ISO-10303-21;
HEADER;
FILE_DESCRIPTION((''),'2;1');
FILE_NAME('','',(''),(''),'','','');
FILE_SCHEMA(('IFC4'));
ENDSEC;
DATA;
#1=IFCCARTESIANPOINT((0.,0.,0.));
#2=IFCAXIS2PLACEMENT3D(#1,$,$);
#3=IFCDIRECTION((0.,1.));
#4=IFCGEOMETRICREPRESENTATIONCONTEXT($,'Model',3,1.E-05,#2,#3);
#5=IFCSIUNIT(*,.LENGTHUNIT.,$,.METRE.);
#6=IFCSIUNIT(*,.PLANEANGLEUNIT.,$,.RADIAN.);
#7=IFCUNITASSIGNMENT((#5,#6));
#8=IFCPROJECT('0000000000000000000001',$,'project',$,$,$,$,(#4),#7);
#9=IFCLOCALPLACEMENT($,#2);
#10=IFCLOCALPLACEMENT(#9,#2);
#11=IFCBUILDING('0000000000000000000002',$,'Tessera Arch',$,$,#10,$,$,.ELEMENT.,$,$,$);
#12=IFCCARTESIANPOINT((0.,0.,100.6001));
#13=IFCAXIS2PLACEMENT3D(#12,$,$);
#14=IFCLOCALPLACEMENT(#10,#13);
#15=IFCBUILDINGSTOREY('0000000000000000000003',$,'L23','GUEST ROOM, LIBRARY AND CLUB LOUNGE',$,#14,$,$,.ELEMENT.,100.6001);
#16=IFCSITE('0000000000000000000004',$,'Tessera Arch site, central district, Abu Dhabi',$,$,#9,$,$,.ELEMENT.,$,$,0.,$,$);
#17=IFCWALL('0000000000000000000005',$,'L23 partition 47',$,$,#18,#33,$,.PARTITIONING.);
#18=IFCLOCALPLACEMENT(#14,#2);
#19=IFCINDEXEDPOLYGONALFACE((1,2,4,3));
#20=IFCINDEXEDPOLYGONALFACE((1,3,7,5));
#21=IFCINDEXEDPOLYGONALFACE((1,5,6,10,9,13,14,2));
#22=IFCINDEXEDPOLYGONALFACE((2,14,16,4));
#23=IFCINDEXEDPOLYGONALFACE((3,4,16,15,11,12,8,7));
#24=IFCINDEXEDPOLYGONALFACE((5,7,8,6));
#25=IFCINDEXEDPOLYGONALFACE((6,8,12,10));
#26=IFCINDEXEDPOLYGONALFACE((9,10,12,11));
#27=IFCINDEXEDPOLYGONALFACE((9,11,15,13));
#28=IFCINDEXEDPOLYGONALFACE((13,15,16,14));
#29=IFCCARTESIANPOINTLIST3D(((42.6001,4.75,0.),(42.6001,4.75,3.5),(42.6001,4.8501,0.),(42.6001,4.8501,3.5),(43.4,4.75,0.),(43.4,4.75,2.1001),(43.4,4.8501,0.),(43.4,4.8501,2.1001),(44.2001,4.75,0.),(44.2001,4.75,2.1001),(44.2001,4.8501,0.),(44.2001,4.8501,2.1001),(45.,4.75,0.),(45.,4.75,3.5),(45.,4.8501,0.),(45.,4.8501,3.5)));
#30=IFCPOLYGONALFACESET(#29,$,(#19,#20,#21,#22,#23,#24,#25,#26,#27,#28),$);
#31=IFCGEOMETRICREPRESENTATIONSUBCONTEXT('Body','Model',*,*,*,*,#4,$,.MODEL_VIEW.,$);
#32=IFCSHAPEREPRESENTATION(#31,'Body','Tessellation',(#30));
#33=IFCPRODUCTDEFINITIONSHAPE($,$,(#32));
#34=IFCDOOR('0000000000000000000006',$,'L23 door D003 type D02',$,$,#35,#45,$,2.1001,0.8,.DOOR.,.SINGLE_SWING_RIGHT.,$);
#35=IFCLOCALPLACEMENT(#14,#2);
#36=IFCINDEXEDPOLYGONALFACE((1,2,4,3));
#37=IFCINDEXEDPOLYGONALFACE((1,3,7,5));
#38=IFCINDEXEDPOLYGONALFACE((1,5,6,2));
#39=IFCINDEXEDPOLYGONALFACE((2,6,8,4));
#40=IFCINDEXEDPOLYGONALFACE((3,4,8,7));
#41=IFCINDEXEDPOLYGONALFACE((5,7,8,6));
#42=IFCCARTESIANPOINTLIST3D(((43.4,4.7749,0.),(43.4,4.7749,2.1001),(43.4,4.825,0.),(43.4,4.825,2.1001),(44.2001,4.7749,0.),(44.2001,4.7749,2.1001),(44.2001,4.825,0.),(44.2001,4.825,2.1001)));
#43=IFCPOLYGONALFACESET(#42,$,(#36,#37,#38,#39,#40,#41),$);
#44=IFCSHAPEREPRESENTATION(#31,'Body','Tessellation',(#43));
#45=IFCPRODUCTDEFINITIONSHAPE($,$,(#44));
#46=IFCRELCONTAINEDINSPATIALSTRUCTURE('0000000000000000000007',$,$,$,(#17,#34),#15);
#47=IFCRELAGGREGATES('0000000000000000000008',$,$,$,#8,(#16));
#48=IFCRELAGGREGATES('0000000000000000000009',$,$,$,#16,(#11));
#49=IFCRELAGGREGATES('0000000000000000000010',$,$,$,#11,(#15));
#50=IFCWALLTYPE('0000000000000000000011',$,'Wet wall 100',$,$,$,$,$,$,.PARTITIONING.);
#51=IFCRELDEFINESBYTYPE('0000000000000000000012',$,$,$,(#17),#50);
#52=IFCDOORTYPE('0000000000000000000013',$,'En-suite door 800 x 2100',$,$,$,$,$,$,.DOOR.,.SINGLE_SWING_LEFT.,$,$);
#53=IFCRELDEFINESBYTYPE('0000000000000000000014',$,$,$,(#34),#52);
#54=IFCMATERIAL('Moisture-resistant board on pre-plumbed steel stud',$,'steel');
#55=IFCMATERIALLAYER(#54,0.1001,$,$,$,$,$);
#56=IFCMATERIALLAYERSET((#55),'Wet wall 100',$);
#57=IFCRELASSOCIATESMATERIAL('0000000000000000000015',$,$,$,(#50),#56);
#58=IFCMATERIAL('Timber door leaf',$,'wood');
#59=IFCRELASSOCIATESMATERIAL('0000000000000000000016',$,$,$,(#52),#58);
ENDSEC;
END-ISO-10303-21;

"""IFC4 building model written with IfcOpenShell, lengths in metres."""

from ifc_helpers import new_model, si_unit, direction, frame, frame_2d, origin, place, context, subcontext, project, spatial, rectangle, extrude, material, layer, layer_set, type_object, element, fill, save


model = new_model("IFC4")

# Units and contexts
model_context = context("Model", 3, precision=1e-05, world=origin(), true_north=direction((0.0, 1.0)))
body_context = subcontext(model_context, "Body", "Model", "MODEL_VIEW")
ifc_project = project(units=[si_unit("LENGTHUNIT", "METRE"), si_unit("PLANEANGLEUNIT", "RADIAN")], contexts=[model_context])

# Site, building, storey
site_placement = place(None, origin())
site = spatial("IfcSite", under=ifc_project, at=site_placement, Name="Tessera Arch site, central district, Abu Dhabi", CompositionType="ELEMENT", RefElevation=0.0)
building_placement = place(site_placement, origin())
building = spatial("IfcBuilding", under=site, at=building_placement, Name="Tessera Arch", CompositionType="ELEMENT")
storey_placement = place(building_placement, frame((0.0, 0.0, 100.6001)))
storey = spatial("IfcBuildingStorey", under=building, at=storey_placement, Name="L23", Description="GUEST ROOM, LIBRARY AND CLUB LOUNGE", CompositionType="ELEMENT", Elevation=100.6001)

# Wall, opening, door
ifc_material_1 = material(Name="Moisture-resistant board on pre-plumbed steel stud", Category="steel")
ifc_layer_1 = layer(ifc_material_1, 0.1001)
ifc_layer_set_1 = layer_set([ifc_layer_1], Name="Wet wall 100")
wall_type_1 = type_object("IfcWallType", Name="Wet wall 100", PredefinedType="PARTITIONING", material=ifc_layer_set_1)
wall_1_placement = place(storey_placement, frame((42.6001, 4.8, 0.0), z_axis=(0.0, 0.0, 1.0), x_axis=(1.0, 0.0, 0.0)))
wall_1 = element("IfcWall", 1, at=wall_1_placement, inside=storey, type_object=wall_type_1, Name="L23 partition 47", PredefinedType="PARTITIONING", context=body_context, shape_type="SweptSolid", body=[
    extrude(rectangle(XDim=2.3999, YDim=0.1001, at=frame_2d((1.2, 0.0))), origin(), (0.0, 0.0, 1.0), 3.5),
])
opening_1_placement = place(wall_1_placement, frame((0.8, 0.0, 0.0)))
opening_1 = element("IfcOpeningElement", 2, at=opening_1_placement, cuts=wall_1, PredefinedType="OPENING", context=body_context, shape_type="SweptSolid", body=[
    extrude(rectangle(XDim=0.8, YDim=2.1001, at=frame_2d((0.3999, 1.05))), frame((0.0, 0.0601, 0.0), z_axis=(0.0, -1.0, 0.0), x_axis=(1.0, 0.0, 0.0)), (0.0, 0.0, 1.0), 0.1201),
])
ifc_material_2 = material(Name="Timber door leaf", Category="wood")
door_type_1 = type_object("IfcDoorType", Name="En-suite door 800 x 2100", OperationType="SINGLE_SWING_LEFT", PredefinedType="DOOR", material=ifc_material_2)
door_1_placement = place(opening_1_placement, origin())
door_1 = element("IfcDoor", 3, at=door_1_placement, inside=storey, type_object=door_type_1, Name="L23 door D003 type D02", OperationType="SINGLE_SWING_RIGHT", OverallHeight=2.1001, OverallWidth=0.8, PredefinedType="DOOR", context=body_context, shape_type="SweptSolid", body=[
    extrude(rectangle(XDim=0.8, YDim=2.1001, at=frame_2d((0.3999, 1.05))), frame((0.0, 0.0249, 0.0), z_axis=(0.0, -1.0, 0.0), x_axis=(1.0, 0.0, 0.0)), (0.0, 0.0, 1.0), 0.05),
])
fill(opening_1, door_1)

save(model, "model.ifc")
